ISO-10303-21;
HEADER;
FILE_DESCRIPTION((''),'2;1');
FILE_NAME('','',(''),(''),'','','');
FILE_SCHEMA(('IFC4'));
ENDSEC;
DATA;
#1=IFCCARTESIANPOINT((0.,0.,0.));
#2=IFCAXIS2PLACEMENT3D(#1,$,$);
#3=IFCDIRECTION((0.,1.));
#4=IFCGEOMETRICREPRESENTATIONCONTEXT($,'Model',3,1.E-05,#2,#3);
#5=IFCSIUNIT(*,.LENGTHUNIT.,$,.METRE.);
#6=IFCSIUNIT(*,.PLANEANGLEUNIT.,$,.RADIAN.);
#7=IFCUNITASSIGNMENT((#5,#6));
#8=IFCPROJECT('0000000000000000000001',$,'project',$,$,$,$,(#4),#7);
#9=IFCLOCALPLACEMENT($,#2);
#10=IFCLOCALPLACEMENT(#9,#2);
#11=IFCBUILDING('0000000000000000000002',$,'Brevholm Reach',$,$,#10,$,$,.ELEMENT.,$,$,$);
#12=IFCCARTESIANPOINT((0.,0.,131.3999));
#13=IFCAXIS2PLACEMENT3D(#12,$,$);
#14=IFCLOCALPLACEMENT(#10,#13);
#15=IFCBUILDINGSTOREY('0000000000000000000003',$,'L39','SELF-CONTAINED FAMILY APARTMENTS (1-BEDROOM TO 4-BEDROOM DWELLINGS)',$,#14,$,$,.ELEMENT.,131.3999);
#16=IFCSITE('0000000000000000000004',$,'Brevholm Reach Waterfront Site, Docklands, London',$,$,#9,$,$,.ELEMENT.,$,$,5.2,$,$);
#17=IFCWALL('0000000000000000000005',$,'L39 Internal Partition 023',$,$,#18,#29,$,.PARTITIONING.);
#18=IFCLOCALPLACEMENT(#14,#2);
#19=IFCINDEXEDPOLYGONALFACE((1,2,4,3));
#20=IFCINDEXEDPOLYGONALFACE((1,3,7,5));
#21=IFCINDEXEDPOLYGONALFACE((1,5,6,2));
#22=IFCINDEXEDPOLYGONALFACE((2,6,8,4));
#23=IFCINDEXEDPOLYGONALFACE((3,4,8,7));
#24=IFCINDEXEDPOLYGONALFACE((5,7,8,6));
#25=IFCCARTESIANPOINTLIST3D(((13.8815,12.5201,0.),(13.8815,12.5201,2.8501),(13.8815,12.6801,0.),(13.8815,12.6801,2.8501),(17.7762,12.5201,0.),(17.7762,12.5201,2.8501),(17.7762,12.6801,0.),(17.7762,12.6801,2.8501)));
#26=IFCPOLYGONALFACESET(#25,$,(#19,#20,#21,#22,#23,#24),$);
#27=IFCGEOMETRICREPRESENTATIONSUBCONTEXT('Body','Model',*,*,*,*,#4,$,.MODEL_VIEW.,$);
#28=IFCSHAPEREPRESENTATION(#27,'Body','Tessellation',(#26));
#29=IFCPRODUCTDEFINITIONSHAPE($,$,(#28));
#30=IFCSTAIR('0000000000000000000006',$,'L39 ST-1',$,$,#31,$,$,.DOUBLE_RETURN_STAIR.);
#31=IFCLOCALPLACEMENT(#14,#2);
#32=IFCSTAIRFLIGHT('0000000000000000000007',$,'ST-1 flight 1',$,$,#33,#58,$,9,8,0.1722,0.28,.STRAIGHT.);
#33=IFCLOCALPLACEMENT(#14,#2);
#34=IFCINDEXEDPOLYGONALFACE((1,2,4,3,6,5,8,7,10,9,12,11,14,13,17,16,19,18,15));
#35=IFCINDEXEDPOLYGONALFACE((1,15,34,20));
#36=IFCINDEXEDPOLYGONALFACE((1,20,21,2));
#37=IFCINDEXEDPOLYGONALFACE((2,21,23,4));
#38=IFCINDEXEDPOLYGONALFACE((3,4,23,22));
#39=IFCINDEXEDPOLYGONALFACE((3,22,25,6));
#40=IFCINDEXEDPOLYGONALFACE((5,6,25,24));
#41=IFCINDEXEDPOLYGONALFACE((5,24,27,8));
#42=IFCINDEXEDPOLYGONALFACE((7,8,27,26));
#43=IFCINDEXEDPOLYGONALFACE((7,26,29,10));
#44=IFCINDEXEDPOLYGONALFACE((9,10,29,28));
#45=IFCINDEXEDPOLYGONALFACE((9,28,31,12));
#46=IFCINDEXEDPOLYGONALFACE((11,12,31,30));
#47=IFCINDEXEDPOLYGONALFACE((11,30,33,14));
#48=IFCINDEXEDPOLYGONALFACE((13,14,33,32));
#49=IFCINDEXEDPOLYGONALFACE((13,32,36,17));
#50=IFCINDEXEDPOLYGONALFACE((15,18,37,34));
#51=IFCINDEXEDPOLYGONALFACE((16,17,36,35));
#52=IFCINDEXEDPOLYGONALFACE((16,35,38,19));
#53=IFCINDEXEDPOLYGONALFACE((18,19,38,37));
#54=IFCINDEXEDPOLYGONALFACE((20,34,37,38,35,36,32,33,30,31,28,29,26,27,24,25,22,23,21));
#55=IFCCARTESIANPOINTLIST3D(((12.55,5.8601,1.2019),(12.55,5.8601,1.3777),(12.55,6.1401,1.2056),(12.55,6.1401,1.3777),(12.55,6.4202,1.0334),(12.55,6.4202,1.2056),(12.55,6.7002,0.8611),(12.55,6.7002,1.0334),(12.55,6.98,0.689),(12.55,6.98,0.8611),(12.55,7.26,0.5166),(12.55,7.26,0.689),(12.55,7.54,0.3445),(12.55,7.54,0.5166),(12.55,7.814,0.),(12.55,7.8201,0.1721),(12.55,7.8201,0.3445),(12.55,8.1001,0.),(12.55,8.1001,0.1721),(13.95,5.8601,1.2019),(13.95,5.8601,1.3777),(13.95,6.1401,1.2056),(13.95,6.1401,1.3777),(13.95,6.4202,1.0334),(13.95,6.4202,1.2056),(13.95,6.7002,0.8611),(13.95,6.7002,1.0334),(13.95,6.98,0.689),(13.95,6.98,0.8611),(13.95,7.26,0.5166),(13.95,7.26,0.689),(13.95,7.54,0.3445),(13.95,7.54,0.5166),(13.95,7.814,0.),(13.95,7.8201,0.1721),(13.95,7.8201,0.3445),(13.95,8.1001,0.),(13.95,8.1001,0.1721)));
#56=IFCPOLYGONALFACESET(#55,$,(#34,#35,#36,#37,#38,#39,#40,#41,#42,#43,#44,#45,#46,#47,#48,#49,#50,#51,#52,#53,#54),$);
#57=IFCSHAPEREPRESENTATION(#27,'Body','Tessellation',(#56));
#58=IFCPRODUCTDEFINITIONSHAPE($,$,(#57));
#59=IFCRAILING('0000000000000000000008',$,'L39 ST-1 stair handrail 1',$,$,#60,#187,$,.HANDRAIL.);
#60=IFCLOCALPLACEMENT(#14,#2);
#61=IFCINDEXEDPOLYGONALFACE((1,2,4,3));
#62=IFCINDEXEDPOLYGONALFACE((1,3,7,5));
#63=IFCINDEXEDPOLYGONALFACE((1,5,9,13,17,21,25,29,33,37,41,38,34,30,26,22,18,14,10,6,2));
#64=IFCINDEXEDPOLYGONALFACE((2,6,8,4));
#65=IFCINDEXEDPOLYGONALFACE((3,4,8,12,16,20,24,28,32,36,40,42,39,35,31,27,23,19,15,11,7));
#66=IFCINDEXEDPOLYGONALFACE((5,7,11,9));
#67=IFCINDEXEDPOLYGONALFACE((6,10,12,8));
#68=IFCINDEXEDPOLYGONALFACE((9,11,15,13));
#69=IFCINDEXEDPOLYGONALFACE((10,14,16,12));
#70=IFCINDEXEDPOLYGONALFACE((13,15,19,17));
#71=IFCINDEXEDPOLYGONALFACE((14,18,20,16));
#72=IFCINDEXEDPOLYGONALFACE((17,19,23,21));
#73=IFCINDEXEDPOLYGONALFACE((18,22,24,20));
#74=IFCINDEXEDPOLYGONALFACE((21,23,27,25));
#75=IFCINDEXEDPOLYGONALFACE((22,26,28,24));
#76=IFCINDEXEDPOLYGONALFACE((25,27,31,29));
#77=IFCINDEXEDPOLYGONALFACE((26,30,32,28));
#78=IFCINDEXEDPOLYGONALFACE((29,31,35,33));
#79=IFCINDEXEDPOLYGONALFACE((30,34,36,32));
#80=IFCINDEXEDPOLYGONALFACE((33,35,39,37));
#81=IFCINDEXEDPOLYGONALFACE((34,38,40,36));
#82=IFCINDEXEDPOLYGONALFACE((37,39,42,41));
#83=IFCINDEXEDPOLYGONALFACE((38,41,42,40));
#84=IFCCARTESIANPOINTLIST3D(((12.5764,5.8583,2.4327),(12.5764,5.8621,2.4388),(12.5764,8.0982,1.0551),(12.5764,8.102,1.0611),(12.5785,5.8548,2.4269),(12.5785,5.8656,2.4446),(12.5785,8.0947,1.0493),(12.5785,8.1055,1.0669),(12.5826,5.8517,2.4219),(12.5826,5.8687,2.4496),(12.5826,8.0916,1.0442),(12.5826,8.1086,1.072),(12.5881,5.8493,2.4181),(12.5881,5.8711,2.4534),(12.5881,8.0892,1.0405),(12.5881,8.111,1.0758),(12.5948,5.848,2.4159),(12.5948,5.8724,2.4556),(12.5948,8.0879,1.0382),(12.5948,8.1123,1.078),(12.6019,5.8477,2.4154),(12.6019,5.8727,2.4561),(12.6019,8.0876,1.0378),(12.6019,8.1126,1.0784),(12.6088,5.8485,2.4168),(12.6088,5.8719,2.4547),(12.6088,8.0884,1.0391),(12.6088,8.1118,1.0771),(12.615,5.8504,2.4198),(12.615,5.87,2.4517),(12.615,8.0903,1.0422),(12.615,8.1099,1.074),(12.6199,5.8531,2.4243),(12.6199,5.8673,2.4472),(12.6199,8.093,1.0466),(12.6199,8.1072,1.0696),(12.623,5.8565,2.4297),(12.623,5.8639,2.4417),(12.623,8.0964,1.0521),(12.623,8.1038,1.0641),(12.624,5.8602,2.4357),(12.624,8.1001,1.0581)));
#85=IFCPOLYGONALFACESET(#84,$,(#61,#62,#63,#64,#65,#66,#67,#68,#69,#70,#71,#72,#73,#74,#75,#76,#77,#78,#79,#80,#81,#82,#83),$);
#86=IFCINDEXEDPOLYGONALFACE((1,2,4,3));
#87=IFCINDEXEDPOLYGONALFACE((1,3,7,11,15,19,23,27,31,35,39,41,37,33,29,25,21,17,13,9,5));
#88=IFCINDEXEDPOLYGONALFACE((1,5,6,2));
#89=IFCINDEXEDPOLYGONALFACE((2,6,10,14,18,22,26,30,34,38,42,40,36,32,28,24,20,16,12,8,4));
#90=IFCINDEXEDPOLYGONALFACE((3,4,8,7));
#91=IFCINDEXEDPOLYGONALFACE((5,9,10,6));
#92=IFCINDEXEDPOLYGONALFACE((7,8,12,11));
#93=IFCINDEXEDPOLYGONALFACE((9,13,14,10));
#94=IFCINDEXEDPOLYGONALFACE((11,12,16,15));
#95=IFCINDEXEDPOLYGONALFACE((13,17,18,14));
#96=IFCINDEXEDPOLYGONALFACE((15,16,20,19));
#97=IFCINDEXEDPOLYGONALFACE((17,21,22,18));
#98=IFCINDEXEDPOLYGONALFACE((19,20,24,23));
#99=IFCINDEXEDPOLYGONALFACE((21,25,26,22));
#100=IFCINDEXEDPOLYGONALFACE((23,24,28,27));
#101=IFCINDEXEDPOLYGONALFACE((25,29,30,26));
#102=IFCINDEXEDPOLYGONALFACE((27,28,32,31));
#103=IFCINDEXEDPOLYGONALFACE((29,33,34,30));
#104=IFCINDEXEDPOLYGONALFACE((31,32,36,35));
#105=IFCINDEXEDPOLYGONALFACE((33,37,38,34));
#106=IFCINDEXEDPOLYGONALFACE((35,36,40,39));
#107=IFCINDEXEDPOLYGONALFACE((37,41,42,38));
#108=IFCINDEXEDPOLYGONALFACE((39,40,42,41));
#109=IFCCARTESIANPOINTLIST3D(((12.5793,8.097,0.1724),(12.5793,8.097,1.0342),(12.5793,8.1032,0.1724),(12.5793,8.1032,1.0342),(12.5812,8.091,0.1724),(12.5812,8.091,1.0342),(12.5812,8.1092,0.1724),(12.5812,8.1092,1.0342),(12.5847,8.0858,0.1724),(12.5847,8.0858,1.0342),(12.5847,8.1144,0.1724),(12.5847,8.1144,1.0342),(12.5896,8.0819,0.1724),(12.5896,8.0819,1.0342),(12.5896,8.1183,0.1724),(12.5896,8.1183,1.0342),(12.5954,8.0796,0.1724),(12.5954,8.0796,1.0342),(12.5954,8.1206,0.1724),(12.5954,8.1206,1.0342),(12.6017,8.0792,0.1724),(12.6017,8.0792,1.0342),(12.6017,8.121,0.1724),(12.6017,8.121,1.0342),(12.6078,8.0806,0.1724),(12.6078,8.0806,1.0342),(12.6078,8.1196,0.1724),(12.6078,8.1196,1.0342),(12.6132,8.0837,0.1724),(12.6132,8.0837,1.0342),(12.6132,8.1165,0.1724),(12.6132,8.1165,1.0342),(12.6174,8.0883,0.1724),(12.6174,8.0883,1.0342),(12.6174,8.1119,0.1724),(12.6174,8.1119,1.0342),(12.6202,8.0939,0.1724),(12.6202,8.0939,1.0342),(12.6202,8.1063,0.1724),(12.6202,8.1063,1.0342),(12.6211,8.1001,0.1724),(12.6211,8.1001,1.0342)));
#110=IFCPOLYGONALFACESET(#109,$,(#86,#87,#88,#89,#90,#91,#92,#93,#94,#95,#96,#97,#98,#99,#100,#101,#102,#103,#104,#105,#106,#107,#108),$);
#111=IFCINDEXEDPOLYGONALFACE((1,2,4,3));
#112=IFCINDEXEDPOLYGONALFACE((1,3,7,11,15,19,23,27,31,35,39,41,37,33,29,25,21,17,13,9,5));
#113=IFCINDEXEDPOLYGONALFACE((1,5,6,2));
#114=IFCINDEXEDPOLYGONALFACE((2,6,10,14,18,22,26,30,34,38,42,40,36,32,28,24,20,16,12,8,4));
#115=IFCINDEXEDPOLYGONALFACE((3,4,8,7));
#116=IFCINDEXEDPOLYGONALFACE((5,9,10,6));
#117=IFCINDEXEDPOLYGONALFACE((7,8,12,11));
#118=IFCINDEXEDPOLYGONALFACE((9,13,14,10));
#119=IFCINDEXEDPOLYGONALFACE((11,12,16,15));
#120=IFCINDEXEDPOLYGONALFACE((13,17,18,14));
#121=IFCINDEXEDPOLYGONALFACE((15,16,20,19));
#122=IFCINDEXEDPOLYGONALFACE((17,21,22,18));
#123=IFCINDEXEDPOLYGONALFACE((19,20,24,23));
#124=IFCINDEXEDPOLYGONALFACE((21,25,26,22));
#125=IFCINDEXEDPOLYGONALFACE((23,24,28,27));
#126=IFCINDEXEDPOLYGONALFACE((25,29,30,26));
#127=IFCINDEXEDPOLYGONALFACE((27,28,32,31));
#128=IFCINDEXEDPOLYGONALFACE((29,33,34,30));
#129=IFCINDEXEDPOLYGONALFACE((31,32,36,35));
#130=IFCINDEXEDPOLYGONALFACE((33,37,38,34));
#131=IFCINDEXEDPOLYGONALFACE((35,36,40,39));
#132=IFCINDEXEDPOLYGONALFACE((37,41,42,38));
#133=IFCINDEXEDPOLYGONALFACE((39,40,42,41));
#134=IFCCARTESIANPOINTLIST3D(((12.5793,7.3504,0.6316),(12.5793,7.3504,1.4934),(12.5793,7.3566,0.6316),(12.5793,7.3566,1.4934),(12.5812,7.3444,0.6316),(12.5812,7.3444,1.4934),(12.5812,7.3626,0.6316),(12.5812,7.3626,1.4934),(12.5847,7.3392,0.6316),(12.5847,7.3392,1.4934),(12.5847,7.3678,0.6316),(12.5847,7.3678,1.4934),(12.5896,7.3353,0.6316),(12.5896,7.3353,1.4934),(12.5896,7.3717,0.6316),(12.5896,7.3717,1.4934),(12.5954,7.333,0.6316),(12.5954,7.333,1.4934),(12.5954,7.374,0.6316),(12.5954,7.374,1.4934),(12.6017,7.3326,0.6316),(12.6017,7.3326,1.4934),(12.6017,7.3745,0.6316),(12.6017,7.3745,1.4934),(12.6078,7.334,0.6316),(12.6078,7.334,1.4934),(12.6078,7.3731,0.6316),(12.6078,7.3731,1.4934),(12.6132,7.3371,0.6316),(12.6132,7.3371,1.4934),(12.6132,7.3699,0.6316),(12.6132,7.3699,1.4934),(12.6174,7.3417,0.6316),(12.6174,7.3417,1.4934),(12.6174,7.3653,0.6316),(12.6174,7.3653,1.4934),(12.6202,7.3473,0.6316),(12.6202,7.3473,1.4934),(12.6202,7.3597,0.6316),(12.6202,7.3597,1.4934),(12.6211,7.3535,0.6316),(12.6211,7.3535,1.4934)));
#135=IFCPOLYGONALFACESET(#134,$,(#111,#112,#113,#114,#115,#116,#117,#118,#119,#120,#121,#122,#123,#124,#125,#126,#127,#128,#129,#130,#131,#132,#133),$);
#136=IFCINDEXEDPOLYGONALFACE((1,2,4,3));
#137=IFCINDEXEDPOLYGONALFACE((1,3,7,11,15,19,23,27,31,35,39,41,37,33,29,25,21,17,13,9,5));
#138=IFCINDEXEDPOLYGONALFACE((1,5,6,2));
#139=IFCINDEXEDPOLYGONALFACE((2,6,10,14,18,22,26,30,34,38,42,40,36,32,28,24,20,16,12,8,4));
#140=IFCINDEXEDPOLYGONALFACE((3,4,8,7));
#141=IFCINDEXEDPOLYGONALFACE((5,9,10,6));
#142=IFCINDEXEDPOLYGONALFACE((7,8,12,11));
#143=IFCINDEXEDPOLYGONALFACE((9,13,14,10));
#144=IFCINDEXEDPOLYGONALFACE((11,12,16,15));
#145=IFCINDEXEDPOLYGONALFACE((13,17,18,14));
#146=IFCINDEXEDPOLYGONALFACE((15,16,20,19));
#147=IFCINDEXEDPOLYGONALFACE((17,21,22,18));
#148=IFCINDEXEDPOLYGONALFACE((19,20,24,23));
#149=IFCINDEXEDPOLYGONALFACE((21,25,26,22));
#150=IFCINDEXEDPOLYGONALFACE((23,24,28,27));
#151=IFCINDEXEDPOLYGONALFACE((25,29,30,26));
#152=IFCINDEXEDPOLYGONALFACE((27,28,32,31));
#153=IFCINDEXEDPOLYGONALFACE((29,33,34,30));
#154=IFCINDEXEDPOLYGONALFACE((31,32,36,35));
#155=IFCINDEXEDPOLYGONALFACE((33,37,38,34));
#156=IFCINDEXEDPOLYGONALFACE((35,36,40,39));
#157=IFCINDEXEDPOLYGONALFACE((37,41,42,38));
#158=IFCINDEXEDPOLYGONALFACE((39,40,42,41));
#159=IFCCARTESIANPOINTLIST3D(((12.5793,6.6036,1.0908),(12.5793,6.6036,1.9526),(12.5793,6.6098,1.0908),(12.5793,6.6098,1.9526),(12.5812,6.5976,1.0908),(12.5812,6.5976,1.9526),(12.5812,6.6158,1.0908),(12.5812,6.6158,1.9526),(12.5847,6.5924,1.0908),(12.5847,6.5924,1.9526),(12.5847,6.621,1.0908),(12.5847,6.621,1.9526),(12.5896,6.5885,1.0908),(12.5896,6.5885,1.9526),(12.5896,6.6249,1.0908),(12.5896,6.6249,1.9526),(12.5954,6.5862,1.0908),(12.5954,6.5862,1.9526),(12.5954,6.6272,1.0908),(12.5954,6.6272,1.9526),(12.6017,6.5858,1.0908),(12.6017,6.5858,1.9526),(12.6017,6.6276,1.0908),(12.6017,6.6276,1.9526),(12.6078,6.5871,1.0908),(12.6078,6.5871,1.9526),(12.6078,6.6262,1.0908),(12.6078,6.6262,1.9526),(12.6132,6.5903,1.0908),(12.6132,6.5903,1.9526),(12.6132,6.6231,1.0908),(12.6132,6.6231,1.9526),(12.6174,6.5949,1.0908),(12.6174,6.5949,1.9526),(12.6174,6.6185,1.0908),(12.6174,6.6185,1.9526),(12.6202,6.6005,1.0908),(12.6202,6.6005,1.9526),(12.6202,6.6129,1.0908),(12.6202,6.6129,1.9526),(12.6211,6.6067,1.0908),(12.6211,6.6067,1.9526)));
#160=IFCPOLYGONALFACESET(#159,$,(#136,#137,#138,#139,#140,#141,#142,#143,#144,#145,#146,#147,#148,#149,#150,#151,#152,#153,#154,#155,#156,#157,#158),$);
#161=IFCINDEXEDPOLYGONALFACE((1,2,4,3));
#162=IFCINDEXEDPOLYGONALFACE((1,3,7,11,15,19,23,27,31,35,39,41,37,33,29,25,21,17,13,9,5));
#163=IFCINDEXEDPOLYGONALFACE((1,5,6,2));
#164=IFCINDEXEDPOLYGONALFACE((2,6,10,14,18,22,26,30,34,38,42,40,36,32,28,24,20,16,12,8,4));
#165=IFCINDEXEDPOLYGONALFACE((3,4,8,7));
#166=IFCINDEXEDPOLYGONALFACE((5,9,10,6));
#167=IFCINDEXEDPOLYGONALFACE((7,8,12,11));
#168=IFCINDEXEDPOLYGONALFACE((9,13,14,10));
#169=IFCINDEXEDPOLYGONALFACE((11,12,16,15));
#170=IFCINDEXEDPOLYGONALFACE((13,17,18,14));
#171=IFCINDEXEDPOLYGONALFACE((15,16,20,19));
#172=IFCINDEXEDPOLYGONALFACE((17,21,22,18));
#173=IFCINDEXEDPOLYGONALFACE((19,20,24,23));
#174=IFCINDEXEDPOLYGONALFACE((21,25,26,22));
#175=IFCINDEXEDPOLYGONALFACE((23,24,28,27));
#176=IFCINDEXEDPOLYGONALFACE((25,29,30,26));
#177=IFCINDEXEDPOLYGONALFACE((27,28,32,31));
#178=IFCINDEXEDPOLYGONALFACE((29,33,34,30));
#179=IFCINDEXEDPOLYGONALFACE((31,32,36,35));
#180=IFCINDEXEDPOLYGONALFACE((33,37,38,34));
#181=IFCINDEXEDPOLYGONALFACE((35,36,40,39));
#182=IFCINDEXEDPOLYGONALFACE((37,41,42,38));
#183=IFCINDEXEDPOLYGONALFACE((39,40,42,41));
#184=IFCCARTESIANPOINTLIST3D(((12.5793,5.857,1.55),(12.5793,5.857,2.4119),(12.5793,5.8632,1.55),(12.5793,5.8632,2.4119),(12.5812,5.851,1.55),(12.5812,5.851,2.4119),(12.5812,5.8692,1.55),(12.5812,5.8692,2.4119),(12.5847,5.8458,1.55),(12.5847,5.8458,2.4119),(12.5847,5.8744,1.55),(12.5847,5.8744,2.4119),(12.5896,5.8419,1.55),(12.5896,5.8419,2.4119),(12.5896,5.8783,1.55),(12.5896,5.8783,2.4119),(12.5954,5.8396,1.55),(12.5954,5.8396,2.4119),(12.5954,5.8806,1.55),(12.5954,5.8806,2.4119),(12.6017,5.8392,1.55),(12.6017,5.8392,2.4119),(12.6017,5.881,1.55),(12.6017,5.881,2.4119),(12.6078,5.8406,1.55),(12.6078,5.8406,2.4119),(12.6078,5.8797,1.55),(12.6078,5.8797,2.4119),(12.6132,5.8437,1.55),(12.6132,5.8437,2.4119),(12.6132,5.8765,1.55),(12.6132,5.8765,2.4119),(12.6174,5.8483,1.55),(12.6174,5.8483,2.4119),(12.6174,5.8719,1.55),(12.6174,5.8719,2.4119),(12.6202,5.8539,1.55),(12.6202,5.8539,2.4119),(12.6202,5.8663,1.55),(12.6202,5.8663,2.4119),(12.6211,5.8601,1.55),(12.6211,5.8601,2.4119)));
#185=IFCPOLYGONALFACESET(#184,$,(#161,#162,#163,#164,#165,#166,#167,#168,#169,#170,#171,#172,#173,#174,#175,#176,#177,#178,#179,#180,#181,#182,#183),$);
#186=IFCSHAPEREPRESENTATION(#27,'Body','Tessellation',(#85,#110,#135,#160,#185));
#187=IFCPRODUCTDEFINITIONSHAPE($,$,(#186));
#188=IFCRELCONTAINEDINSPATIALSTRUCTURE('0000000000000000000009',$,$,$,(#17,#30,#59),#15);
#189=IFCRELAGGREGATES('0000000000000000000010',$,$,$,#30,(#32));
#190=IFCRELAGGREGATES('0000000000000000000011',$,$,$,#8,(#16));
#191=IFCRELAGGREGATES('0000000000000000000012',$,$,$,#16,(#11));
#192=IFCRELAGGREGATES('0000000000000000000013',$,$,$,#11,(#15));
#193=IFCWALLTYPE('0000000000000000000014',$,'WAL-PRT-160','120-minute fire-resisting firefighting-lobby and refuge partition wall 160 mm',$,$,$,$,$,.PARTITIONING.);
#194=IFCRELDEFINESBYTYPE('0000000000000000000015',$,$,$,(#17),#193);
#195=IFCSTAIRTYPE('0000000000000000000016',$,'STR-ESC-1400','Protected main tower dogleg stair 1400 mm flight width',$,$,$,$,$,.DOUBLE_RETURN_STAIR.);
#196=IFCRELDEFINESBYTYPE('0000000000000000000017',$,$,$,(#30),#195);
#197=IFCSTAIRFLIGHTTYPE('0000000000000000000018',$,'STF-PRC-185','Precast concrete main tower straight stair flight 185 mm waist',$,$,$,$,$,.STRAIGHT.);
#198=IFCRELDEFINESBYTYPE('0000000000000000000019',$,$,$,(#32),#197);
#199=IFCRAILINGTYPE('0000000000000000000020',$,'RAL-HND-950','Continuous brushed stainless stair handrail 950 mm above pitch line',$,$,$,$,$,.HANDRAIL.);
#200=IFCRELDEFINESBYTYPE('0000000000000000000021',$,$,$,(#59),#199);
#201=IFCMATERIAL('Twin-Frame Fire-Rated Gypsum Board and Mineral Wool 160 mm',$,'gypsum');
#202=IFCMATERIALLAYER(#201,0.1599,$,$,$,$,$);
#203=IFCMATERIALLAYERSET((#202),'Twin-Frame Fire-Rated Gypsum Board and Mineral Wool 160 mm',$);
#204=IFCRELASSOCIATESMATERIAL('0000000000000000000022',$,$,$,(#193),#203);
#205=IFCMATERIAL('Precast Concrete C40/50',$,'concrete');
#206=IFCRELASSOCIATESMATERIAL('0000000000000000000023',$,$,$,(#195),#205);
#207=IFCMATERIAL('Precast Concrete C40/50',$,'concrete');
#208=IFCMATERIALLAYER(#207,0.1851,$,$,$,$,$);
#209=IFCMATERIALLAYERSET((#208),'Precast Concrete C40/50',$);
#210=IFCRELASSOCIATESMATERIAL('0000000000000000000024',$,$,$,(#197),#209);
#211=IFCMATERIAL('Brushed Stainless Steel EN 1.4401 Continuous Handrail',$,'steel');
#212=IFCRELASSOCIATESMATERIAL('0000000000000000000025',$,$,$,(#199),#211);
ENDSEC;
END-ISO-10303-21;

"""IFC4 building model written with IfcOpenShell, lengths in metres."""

from ifc_helpers import new_model, si_unit, direction, frame, frame_2d, origin, origin_2d, place, context, subcontext, project, spatial, polyline, rectangle, circle, outline, extrude, material, layer, layer_set, type_object, element, aggregate, save


model = new_model("IFC4")

# Units and contexts
model_context = context("Model", 3, precision=1e-05, world=origin(), true_north=direction((0.0, 1.0)))
body_context = subcontext(model_context, "Body", "Model", "MODEL_VIEW")
ifc_project = project(units=[si_unit("LENGTHUNIT", "METRE"), si_unit("PLANEANGLEUNIT", "RADIAN")], contexts=[model_context])

# Site, building, storey
site_placement = place(None, origin())
site = spatial("IfcSite", under=ifc_project, at=site_placement, Name="Brevholm Reach Waterfront Site, Docklands, London", CompositionType="ELEMENT", RefElevation=5.2)
building_placement = place(site_placement, origin())
building = spatial("IfcBuilding", under=site, at=building_placement, Name="Brevholm Reach", CompositionType="ELEMENT")
storey_placement = place(building_placement, frame((0.0, 0.0, 131.3999)))
storey = spatial("IfcBuildingStorey", under=building, at=storey_placement, Name="L39", Description="SELF-CONTAINED FAMILY APARTMENTS (1-BEDROOM TO 4-BEDROOM DWELLINGS)", CompositionType="ELEMENT", Elevation=131.3999)

# Shared definitions
ifc_material_1 = material(Name="Twin-Frame Fire-Rated Gypsum Board and Mineral Wool 160 mm", Category="gypsum")
ifc_layer_1 = layer(ifc_material_1, 0.1599)
ifc_layer_set_1 = layer_set([ifc_layer_1], Name="Twin-Frame Fire-Rated Gypsum Board and Mineral Wool 160 mm")
wall_type_1 = type_object("IfcWallType", Name="WAL-PRT-160", Description="120-minute fire-resisting firefighting-lobby and refuge partition wall 160 mm", PredefinedType="PARTITIONING", material=ifc_layer_set_1)

# Wall
wall_1_placement = place(storey_placement, frame((13.8816, 12.6001, 0.0), z_axis=(0.0, 0.0, 1.0), x_axis=(1.0, 0.0, 0.0)))
element("IfcWall", 1, at=wall_1_placement, inside=storey, type_object=wall_type_1, Name="L39 Internal Partition 023", PredefinedType="PARTITIONING", context=body_context, shape_type="SweptSolid", body=[
    extrude(rectangle(XDim=3.8948, YDim=0.1599, at=frame_2d((1.9473, 0.0))), origin(), (0.0, 0.0, 1.0), 2.8501),
])

# Stair, stair flight
ifc_material_2 = material(Name="Precast Concrete C40/50", Category="concrete")
stair_type = type_object("IfcStairType", Name="STR-ESC-1400", Description="Protected main tower dogleg stair 1400 mm flight width", PredefinedType="DOUBLE_RETURN_STAIR", material=ifc_material_2)
stair_placement = place(storey_placement, origin())
stair = element("IfcStair", 2, at=stair_placement, inside=storey, type_object=stair_type, Name="L39 ST-1", PredefinedType="DOUBLE_RETURN_STAIR")
ifc_material_3 = material(Name="Precast Concrete C40/50", Category="concrete")
ifc_layer_2 = layer(ifc_material_3, 0.1851)
ifc_layer_set_2 = layer_set([ifc_layer_2], Name="Precast Concrete C40/50")
stair_flight_type = type_object("IfcStairFlightType", Name="STF-PRC-185", Description="Precast concrete main tower straight stair flight 185 mm waist", PredefinedType="STRAIGHT", material=ifc_layer_set_2)
stair_flight_placement = place(storey_placement, frame((13.25, 8.1001, 0.0), z_axis=(0.0, 0.0, 1.0), x_axis=(0.0, -1.0, 0.0)))
stair_flight = element("IfcStairFlight", 3, at=stair_flight_placement, type_object=stair_flight_type, Name="ST-1 flight 1", NumberOfRisers=9, NumberOfTreads=8, PredefinedType="STRAIGHT", RiserHeight=0.1722, TreadLength=0.28, context=body_context, shape_type="SweptSolid", body=[
    extrude(outline(polyline([(0.0, 0.0), (0.0, 0.1721), (0.28, 0.1721), (0.28, 0.3445), (0.5601, 0.3445), (0.5601, 0.5166), (0.8401, 0.5166), (0.8401, 0.689), (1.1201, 0.689), (1.1201, 0.8611), (1.3999, 0.8611), (1.3999, 1.0334), (1.6799, 1.0334), (1.6799, 1.2056), (1.96, 1.2056), (1.96, 1.3777), (2.24, 1.3777), (2.24, 1.55), (2.24, 1.2019), (0.2861, 0.0), (0.0, 0.0)])), frame((0.0, 0.7, 0.0), z_axis=(0.0, -1.0, 0.0), x_axis=(1.0, 0.0, 0.0)), (0.0, 0.0, 1.0), 1.3999),
])
aggregate(stair, [stair_flight])

# Railing
ifc_material_4 = material(Name="Brushed Stainless Steel EN 1.4401 Continuous Handrail", Category="steel")
railing_type_1 = type_object("IfcRailingType", Name="RAL-HND-950", Description="Continuous brushed stainless stair handrail 950 mm above pitch line", PredefinedType="HANDRAIL", material=ifc_material_4)
railing_1_placement = place(storey_placement, frame((12.6001, 8.1001, 0.1724)))
element("IfcRailing", 4, at=railing_1_placement, inside=storey, type_object=railing_type_1, Name="L39 ST-1 stair handrail 1", PredefinedType="HANDRAIL", context=body_context, shape_type="SweptSolid", body=[
    extrude(circle(Radius=0.0239, at=origin_2d()), frame((0.0, 0.0, 0.8857), z_axis=(0.0, -0.851789, 0.523885), x_axis=(1.0, 0.0, 0.0)), (0.0, 0.0, 1.0), 2.6296),
    extrude(circle(Radius=0.021, at=origin_2d()), origin(), (0.0, 0.0, 1.0), 0.8618),
    extrude(circle(Radius=0.021, at=origin_2d()), frame((0.0, -0.7466, 0.4592)), (0.0, 0.0, 1.0), 0.8618),
    extrude(circle(Radius=0.021, at=origin_2d()), frame((0.0, -1.4934, 0.9185)), (0.0, 0.0, 1.0), 0.8618),
    extrude(circle(Radius=0.021, at=origin_2d()), frame((0.0, -2.24, 1.3777)), (0.0, 0.0, 1.0), 0.8618),
])

save(model, "model.ifc")
